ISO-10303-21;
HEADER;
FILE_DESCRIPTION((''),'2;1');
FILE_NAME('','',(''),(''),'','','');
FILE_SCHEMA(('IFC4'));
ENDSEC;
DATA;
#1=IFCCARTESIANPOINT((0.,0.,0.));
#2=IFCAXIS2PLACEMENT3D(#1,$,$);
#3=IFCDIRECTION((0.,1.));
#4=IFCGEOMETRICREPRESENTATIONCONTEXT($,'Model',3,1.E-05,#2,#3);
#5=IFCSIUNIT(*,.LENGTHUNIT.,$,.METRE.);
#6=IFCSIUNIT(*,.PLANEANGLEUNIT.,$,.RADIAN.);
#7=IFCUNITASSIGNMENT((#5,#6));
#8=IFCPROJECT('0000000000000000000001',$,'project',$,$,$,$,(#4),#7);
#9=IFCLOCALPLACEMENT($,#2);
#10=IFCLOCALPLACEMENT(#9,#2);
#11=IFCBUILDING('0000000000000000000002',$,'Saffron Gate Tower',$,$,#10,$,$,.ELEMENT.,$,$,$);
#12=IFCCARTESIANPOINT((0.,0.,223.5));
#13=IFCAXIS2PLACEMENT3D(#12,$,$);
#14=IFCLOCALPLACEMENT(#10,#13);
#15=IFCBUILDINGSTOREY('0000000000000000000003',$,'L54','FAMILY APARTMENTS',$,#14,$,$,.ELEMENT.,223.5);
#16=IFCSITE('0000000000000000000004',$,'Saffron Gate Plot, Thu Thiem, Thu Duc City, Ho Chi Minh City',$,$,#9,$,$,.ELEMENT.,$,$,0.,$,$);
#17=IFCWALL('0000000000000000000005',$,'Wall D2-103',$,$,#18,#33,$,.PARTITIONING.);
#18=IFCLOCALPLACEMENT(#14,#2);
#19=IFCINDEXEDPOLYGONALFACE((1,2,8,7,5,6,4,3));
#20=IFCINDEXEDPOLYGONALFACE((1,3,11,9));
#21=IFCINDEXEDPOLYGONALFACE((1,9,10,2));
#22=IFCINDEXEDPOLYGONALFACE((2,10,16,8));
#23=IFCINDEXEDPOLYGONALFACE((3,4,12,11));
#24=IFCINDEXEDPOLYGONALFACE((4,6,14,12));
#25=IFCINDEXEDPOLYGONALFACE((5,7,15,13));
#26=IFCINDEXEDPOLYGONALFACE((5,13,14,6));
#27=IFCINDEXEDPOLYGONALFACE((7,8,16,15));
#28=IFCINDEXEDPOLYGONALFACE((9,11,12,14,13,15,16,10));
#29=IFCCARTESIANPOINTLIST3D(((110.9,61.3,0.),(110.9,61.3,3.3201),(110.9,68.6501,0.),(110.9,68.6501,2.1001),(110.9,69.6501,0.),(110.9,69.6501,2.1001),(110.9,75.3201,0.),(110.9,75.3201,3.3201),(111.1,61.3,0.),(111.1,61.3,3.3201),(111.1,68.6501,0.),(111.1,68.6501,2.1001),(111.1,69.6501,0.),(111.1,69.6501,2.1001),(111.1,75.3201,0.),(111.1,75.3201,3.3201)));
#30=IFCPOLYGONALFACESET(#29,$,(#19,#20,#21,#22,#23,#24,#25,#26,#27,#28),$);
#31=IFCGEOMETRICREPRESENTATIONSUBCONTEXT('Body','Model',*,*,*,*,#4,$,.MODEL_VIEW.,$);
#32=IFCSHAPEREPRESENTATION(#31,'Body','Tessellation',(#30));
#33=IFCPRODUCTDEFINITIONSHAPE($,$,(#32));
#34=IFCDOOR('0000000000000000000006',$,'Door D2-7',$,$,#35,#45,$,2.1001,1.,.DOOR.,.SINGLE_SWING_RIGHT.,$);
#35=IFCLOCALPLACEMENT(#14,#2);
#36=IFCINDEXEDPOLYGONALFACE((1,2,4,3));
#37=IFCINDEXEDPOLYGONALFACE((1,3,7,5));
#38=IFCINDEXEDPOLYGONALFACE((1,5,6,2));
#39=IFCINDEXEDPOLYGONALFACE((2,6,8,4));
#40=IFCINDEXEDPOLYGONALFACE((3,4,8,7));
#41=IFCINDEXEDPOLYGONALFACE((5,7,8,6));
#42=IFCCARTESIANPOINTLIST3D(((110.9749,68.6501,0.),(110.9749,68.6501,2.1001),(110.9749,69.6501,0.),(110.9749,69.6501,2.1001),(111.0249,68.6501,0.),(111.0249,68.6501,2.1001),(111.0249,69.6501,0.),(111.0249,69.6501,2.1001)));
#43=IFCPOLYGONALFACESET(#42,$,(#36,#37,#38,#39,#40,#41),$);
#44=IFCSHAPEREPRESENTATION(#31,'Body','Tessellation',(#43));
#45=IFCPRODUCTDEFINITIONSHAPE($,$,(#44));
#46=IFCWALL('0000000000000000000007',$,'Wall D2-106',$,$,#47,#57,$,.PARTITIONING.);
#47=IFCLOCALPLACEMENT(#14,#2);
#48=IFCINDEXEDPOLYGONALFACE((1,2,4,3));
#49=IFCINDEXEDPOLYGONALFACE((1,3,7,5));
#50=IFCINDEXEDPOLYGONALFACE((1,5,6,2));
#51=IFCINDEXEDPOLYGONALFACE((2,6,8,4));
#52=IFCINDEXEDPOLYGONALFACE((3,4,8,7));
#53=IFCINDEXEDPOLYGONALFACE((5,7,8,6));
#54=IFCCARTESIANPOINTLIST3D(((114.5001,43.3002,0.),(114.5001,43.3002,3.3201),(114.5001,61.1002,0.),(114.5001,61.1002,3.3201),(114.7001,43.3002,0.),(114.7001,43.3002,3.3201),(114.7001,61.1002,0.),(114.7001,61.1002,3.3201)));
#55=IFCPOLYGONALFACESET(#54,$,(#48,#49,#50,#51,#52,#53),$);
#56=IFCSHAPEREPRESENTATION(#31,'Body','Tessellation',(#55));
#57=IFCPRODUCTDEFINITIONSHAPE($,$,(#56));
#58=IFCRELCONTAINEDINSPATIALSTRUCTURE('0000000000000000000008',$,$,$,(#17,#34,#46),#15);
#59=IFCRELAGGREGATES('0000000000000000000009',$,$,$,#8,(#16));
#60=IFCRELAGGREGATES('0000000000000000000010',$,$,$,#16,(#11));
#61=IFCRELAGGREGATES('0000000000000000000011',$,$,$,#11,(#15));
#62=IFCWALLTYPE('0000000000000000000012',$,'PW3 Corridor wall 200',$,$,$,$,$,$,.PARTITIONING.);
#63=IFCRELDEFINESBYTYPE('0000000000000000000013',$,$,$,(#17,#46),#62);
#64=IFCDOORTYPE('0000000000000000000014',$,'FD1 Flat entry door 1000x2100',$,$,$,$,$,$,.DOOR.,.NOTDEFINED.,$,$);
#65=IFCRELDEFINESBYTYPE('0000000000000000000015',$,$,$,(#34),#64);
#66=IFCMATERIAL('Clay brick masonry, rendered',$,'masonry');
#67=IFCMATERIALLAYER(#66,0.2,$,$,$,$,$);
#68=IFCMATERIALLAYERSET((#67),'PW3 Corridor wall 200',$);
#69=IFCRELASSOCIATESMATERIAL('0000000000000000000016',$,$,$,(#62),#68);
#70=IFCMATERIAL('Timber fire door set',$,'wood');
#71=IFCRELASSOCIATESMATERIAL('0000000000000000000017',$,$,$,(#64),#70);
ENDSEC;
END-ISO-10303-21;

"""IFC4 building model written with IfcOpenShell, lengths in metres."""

from ifc_helpers import new_model, si_unit, direction, frame, frame_2d, origin, place, context, subcontext, project, spatial, rectangle, extrude, material, layer, layer_set, type_object, element, fill, save


model = new_model("IFC4")

# Units and contexts
model_context = context("Model", 3, precision=1e-05, world=origin(), true_north=direction((0.0, 1.0)))
body_context = subcontext(model_context, "Body", "Model", "MODEL_VIEW")
ifc_project = project(units=[si_unit("LENGTHUNIT", "METRE"), si_unit("PLANEANGLEUNIT", "RADIAN")], contexts=[model_context])

# Site, building, storey
site_placement = place(None, origin())
site = spatial("IfcSite", under=ifc_project, at=site_placement, Name="Saffron Gate Plot, Thu Thiem, Thu Duc City, Ho Chi Minh City", CompositionType="ELEMENT", RefElevation=0.0)
building_placement = place(site_placement, origin())
building = spatial("IfcBuilding", under=site, at=building_placement, Name="Saffron Gate Tower", CompositionType="ELEMENT")
storey_placement = place(building_placement, frame((0.0, 0.0, 223.5)))
storey = spatial("IfcBuildingStorey", under=building, at=storey_placement, Name="L54", Description="FAMILY APARTMENTS", CompositionType="ELEMENT", Elevation=223.5)

# Shared definitions
ifc_material_1 = material(Name="Clay brick masonry, rendered", Category="masonry")
ifc_layer_1 = layer(ifc_material_1, 0.2)
ifc_layer_set_1 = layer_set([ifc_layer_1], Name="PW3 Corridor wall 200")
wall_type_1 = type_object("IfcWallType", Name="PW3 Corridor wall 200", PredefinedType="PARTITIONING", material=ifc_layer_set_1)

# Wall, opening, door
wall_1_placement = place(storey_placement, frame((111.0, 75.3201, 0.0), z_axis=(0.0, 0.0, 1.0), x_axis=(0.0, -1.0, 0.0)))
wall_1 = element("IfcWall", 1, at=wall_1_placement, inside=storey, type_object=wall_type_1, Name="Wall D2-103", PredefinedType="PARTITIONING", context=body_context, shape_type="SweptSolid", body=[
    extrude(rectangle(XDim=14.02, YDim=0.2, at=frame_2d((7.01, 0.0))), origin(), (0.0, 0.0, 1.0), 3.3201),
])
opening_1_placement = place(wall_1_placement, frame((5.6699, 0.0, 0.0)))
opening_1 = element("IfcOpeningElement", 2, at=opening_1_placement, cuts=wall_1, PredefinedType="OPENING", context=body_context, shape_type="SweptSolid", body=[
    extrude(rectangle(XDim=1.0, YDim=2.1001, at=frame_2d((0.5, 1.05))), frame((0.0, 0.1099, 0.0), z_axis=(0.0, -1.0, 0.0), x_axis=(1.0, 0.0, 0.0)), (0.0, 0.0, 1.0), 0.22),
])
ifc_material_2 = material(Name="Timber fire door set", Category="wood")
door_type_1 = type_object("IfcDoorType", Name="FD1 Flat entry door 1000x2100", OperationType="NOTDEFINED", PredefinedType="DOOR", material=ifc_material_2)
door_1_placement = place(opening_1_placement, origin())
door_1 = element("IfcDoor", 3, at=door_1_placement, inside=storey, type_object=door_type_1, Name="Door D2-7", OperationType="SINGLE_SWING_RIGHT", OverallHeight=2.1001, OverallWidth=1.0, PredefinedType="DOOR", context=body_context, shape_type="SweptSolid", body=[
    extrude(rectangle(XDim=1.0, YDim=2.1001, at=frame_2d((0.5, 1.05))), frame((0.0, 0.0249, 0.0), z_axis=(0.0, -1.0, 0.0), x_axis=(1.0, 0.0, 0.0)), (0.0, 0.0, 1.0), 0.05),
])
fill(opening_1, door_1)

# Wall
wall_2_placement = place(storey_placement, frame((114.6001, 61.1001, 0.0), z_axis=(0.0, 0.0, 1.0), x_axis=(0.0, -1.0, 0.0)))
element("IfcWall", 4, at=wall_2_placement, inside=storey, type_object=wall_type_1, Name="Wall D2-106", PredefinedType="PARTITIONING", context=body_context, shape_type="SweptSolid", body=[
    extrude(rectangle(XDim=17.8, YDim=0.2, at=frame_2d((8.8999, 0.0))), origin(), (0.0, 0.0, 1.0), 3.3201),
])

save(model, "model.ifc")
